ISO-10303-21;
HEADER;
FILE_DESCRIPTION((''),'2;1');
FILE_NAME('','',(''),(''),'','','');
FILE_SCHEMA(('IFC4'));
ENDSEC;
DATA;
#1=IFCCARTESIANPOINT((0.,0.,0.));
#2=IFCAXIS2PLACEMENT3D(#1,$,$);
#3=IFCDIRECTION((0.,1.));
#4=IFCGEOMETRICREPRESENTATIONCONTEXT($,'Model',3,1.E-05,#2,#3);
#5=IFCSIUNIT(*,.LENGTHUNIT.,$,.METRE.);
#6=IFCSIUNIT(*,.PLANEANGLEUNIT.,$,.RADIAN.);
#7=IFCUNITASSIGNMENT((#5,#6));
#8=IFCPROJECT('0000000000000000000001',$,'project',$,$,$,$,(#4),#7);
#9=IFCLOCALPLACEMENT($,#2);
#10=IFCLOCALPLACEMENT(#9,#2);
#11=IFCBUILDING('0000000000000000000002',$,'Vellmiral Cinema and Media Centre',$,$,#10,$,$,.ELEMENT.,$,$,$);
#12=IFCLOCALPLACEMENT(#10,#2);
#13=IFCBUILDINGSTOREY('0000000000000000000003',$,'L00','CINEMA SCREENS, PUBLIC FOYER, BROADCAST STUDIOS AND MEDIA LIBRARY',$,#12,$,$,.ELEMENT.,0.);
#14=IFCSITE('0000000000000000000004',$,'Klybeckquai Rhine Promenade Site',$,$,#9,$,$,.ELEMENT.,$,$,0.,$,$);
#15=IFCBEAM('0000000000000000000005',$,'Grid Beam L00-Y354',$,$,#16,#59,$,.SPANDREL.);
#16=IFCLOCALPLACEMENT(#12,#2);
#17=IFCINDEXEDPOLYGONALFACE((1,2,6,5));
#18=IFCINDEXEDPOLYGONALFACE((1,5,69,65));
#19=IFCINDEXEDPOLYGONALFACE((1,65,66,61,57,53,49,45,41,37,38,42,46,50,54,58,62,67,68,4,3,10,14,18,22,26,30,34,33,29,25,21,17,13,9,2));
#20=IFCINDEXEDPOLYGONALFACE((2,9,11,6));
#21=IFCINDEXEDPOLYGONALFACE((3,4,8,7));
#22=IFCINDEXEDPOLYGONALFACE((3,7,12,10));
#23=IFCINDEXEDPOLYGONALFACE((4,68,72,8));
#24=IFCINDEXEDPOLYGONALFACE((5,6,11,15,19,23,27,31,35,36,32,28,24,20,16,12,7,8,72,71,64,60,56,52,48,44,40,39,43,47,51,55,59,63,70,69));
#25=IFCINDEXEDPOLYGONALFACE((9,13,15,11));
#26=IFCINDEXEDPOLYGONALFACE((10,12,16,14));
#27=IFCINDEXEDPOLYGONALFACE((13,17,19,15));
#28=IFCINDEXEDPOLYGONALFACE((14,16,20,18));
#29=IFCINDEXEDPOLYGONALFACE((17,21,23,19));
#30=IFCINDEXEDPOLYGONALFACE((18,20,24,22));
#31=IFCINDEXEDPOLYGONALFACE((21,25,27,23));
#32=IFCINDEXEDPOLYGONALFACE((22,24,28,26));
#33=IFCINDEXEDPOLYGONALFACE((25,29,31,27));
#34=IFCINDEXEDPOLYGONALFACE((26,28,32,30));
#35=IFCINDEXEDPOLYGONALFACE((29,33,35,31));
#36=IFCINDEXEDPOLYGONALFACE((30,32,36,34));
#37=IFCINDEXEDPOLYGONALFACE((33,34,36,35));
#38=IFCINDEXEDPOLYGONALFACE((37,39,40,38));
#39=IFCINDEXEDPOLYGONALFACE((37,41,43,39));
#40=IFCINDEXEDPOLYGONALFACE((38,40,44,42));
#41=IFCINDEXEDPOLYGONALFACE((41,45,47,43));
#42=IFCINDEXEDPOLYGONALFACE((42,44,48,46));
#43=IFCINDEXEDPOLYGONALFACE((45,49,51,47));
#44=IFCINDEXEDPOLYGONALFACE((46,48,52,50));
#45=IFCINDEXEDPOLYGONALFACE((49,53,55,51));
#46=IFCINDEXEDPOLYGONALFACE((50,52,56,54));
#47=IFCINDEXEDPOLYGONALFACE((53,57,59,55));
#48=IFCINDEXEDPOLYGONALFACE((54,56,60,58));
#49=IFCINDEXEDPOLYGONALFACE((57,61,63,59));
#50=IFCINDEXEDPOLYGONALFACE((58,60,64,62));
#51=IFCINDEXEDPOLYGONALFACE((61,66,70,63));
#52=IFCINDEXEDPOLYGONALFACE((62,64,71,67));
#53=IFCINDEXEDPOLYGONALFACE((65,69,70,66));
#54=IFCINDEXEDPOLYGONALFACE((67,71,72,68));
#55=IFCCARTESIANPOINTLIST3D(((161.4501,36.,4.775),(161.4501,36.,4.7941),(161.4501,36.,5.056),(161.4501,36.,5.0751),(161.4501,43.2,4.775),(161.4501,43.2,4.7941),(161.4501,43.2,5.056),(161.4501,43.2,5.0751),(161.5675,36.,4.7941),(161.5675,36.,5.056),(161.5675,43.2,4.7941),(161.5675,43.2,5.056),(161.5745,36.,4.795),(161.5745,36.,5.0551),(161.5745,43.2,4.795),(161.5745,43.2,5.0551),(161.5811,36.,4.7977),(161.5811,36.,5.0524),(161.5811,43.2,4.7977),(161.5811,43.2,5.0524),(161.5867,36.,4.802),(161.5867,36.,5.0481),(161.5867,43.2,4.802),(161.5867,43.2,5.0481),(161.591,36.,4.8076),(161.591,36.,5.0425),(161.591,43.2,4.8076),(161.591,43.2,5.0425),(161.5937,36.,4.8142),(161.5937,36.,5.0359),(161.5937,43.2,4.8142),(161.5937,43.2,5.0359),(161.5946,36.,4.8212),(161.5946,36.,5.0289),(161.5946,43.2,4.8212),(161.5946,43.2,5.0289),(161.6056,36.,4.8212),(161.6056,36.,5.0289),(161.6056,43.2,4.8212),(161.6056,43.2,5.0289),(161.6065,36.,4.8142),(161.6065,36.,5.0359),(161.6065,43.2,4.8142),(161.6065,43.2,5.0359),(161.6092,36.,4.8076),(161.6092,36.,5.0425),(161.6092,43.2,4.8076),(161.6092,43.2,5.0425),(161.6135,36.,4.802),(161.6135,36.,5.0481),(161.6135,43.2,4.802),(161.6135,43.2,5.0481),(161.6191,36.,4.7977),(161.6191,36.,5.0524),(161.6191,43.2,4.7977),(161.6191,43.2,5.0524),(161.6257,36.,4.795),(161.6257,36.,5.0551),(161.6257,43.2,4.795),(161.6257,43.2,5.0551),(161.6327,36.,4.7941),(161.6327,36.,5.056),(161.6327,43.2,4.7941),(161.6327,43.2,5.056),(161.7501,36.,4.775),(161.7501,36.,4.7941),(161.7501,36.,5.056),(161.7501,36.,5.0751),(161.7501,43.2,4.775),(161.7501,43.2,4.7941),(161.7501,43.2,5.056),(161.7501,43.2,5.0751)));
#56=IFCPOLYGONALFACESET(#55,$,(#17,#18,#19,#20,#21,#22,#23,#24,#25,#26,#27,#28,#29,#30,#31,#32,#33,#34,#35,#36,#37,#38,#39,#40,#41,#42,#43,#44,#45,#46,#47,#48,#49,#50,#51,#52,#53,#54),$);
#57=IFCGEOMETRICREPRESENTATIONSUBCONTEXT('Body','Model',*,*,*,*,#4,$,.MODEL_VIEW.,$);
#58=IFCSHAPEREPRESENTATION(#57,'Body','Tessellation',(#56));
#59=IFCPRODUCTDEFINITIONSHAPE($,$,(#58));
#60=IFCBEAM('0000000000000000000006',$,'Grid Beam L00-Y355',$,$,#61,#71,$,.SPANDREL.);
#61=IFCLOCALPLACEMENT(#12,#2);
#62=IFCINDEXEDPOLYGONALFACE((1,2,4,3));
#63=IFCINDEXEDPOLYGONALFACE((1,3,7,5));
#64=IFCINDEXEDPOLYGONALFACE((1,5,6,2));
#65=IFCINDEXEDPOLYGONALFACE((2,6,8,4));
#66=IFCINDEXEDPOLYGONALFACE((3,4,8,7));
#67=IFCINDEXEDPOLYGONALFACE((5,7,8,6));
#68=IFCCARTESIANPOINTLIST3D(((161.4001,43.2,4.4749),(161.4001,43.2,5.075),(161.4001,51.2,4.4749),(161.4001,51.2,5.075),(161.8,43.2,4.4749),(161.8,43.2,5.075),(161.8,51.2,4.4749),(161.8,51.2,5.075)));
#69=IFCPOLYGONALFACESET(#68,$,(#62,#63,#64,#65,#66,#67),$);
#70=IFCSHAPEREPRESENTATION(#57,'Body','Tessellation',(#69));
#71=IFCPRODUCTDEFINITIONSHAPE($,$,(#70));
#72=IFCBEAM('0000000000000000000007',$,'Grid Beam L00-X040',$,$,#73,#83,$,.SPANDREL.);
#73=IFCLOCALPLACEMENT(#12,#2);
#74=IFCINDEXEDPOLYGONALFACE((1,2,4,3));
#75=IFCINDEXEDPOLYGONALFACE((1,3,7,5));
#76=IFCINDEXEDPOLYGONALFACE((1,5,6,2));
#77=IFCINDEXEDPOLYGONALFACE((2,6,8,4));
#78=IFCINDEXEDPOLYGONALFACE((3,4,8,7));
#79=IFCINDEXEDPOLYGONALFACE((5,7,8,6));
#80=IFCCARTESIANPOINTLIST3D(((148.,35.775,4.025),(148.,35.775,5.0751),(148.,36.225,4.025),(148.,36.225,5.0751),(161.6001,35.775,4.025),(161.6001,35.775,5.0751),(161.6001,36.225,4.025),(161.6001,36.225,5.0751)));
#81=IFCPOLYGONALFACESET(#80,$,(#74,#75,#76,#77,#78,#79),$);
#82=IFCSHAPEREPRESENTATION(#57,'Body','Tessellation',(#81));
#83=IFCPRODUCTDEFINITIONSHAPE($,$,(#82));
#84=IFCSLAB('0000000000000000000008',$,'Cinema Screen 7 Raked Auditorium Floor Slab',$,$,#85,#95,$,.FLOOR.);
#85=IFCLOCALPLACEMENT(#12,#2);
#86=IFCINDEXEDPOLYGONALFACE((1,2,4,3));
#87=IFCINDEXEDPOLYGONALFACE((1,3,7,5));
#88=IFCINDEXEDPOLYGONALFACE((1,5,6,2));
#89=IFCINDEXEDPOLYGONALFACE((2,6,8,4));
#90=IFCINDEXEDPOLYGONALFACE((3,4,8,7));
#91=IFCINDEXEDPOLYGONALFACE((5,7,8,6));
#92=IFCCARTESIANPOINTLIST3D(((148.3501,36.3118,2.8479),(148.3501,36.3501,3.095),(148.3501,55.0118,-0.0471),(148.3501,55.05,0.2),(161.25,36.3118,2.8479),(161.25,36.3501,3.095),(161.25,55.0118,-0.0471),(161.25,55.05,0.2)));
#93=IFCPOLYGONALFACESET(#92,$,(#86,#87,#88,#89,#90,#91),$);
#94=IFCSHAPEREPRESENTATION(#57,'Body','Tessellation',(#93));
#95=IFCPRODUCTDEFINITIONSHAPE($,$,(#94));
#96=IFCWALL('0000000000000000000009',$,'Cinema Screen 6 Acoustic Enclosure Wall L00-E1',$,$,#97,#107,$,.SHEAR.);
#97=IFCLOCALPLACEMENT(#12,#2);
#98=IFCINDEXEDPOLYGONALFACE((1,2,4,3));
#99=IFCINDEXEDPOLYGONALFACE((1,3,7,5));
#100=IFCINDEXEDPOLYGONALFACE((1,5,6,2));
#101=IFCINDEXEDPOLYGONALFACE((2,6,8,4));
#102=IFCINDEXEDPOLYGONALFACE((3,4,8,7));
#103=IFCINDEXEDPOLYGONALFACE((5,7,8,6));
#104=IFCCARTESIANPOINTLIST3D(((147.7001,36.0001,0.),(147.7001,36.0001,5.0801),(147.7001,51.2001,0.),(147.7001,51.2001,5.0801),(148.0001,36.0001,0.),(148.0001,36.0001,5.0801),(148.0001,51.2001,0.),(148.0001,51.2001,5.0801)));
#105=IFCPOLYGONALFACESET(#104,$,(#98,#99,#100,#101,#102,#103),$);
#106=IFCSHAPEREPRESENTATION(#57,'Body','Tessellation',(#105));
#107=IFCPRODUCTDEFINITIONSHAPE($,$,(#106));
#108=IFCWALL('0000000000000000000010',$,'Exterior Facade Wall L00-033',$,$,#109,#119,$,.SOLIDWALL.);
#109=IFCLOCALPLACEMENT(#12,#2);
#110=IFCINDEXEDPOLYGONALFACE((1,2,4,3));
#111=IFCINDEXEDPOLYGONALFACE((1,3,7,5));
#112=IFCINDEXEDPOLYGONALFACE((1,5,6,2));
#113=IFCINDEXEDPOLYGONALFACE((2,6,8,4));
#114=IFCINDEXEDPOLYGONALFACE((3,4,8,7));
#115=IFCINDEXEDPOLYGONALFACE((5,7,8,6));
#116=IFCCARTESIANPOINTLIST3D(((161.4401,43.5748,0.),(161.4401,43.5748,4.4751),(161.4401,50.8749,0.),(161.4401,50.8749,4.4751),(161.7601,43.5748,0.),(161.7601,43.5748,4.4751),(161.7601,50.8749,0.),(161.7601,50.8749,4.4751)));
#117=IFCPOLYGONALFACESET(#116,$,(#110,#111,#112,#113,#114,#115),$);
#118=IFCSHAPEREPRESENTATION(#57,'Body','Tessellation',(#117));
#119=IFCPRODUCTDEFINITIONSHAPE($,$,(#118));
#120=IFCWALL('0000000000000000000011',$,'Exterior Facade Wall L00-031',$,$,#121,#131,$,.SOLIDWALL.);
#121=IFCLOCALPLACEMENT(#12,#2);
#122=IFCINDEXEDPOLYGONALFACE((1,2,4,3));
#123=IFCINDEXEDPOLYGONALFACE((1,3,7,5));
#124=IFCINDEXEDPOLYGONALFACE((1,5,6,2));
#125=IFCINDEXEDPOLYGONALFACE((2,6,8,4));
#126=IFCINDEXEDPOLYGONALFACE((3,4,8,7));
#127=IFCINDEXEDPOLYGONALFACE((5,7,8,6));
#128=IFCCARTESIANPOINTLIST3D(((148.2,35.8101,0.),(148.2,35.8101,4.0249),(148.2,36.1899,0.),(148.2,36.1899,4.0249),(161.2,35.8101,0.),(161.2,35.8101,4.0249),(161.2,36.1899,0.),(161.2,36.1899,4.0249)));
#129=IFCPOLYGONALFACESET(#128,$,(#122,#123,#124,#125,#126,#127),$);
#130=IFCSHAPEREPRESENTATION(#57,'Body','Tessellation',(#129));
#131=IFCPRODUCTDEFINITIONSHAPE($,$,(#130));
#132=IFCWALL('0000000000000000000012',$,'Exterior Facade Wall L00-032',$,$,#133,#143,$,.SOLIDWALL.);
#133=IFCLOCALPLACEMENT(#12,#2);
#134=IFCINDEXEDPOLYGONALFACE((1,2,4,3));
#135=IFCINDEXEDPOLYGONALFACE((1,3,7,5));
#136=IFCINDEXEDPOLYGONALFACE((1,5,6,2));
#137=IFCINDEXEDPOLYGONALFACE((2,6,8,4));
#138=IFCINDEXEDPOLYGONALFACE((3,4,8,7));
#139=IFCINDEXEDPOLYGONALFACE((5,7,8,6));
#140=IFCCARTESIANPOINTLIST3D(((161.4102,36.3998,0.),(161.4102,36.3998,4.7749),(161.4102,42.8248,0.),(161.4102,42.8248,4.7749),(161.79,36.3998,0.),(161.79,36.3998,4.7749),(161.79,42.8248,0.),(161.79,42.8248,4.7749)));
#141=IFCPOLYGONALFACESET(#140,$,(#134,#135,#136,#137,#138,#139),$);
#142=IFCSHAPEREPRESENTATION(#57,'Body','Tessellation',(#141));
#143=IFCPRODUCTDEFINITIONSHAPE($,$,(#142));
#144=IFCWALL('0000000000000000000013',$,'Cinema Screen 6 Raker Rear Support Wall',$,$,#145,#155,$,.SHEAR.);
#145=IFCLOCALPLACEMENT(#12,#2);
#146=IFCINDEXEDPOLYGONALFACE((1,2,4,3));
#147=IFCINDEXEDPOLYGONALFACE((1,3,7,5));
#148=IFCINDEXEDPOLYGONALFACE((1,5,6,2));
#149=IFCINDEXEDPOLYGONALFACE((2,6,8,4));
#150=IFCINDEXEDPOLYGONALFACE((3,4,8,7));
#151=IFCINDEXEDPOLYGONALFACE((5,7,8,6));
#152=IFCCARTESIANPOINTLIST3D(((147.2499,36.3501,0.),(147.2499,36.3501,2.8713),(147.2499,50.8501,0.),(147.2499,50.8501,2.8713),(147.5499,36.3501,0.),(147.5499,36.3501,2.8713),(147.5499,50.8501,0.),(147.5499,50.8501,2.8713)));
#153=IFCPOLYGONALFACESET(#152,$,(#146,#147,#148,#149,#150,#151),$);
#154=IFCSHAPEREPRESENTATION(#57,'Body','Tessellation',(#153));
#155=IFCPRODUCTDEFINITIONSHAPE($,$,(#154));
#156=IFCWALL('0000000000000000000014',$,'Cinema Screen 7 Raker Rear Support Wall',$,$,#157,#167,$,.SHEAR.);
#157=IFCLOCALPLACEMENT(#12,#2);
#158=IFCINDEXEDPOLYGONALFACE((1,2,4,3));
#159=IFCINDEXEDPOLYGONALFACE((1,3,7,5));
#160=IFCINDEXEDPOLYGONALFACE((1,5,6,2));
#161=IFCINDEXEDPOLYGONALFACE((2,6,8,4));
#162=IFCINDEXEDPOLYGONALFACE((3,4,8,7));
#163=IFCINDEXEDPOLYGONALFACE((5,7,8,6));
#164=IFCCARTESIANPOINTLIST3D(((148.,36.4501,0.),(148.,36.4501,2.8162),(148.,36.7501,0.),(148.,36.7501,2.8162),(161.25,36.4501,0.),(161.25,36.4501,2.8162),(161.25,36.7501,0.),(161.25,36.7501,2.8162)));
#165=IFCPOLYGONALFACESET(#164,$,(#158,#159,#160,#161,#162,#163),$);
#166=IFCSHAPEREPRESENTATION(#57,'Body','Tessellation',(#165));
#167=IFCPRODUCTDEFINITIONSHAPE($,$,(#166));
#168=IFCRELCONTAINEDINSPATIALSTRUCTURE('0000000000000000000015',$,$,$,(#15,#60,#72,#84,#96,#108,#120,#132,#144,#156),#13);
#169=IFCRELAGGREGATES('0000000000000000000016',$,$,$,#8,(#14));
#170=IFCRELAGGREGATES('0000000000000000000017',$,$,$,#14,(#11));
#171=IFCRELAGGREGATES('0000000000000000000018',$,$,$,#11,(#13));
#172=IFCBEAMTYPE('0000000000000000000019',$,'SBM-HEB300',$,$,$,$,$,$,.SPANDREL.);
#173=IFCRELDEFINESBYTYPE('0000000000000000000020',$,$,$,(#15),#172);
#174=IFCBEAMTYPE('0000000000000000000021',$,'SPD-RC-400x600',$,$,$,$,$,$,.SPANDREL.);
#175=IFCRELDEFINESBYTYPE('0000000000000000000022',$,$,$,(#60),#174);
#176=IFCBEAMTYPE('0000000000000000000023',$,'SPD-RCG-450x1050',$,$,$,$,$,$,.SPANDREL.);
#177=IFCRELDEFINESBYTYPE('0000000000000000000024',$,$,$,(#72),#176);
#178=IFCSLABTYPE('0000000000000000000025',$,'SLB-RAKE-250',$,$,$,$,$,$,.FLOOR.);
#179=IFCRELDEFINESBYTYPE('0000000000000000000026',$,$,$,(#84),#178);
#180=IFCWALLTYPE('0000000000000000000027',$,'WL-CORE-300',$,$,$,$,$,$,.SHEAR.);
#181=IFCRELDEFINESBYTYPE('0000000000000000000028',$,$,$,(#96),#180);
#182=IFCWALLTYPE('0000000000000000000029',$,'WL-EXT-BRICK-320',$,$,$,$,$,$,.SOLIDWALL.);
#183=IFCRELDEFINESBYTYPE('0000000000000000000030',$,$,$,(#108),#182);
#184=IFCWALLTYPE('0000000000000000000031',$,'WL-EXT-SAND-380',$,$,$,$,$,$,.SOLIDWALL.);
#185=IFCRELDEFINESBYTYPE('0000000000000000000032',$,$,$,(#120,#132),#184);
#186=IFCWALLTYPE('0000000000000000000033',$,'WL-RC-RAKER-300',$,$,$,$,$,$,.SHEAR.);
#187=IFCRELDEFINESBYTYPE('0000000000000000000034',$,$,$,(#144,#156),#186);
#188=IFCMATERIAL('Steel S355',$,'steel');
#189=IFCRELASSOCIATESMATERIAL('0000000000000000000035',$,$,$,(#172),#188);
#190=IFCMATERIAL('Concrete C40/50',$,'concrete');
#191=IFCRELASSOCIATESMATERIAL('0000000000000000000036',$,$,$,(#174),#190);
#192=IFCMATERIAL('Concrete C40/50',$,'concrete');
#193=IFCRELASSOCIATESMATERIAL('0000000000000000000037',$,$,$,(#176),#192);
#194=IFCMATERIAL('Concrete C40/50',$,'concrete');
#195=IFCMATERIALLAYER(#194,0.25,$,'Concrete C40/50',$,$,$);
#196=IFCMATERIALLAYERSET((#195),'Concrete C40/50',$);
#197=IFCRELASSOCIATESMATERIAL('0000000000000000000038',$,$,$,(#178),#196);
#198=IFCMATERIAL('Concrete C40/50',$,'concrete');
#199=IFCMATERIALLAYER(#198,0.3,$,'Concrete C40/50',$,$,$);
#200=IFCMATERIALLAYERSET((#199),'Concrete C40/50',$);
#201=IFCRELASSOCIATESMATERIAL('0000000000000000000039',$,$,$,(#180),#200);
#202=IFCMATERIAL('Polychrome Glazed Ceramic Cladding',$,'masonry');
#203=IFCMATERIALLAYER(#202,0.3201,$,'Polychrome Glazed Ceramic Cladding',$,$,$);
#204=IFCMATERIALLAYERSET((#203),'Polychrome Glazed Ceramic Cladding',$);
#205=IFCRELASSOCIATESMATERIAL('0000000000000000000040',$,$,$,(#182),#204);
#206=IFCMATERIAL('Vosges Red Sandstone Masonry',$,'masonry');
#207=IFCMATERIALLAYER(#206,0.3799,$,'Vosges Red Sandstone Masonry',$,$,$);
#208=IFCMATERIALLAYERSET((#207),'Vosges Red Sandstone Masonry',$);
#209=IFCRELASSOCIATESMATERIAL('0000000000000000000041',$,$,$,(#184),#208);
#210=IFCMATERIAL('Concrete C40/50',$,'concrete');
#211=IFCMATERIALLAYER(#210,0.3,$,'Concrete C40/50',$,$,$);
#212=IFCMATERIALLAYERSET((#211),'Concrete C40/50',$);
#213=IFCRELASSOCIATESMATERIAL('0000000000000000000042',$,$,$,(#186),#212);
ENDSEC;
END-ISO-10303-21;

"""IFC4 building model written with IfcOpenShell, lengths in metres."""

from ifc_helpers import new_model, si_unit, direction, frame, frame_2d, origin, origin_2d, place, context, subcontext, project, spatial, polyline, rectangle, i_section, outline, extrude, material, layer, layer_set, material_profile, profile_set, type_object, element, save


model = new_model("IFC4")

# Units and contexts
model_context = context("Model", 3, precision=1e-05, world=origin(), true_north=direction((0.0, 1.0)))
body_context = subcontext(model_context, "Body", "Model", "MODEL_VIEW")
ifc_project = project(units=[si_unit("LENGTHUNIT", "METRE"), si_unit("PLANEANGLEUNIT", "RADIAN")], contexts=[model_context])

# Site, building, storey
site_placement = place(None, origin())
site = spatial("IfcSite", under=ifc_project, at=site_placement, Name="Klybeckquai Rhine Promenade Site", CompositionType="ELEMENT", RefElevation=0.0)
building_placement = place(site_placement, origin())
building = spatial("IfcBuilding", under=site, at=building_placement, Name="Vellmiral Cinema and Media Centre", CompositionType="ELEMENT")
storey_placement = place(building_placement, origin())
storey = spatial("IfcBuildingStorey", under=building, at=storey_placement, Name="L00", Description="CINEMA SCREENS, PUBLIC FOYER, BROADCAST STUDIOS AND MEDIA LIBRARY", CompositionType="ELEMENT", Elevation=0.0)

# Beams
ifc_material_1 = material(Name="Steel S355", Category="steel")
ifc_material_profile_1 = material_profile(ifc_material_1, i_section(OverallWidth=0.3, OverallDepth=0.3, WebThickness=0.011, FlangeThickness=0.019, FilletRadius=0.0271, at=origin_2d()), Name="HEB 300")
ifc_profile_set_1 = profile_set([ifc_material_profile_1], Name="Steel S355")
beam_type_1 = type_object("IfcBeamType", Name="SBM-HEB300", PredefinedType="SPANDREL", material=ifc_profile_set_1)
beam_1_placement = place(storey_placement, frame((161.6001, 36.0, 4.925), z_axis=(0.0, 1.0, 0.0), x_axis=(-1.0, 0.0, 0.0)))
element("IfcBeam", 1, at=beam_1_placement, inside=storey, type_object=beam_type_1, Name="Grid Beam L00-Y354", PredefinedType="SPANDREL", context=body_context, shape_type="SweptSolid", body=[
    extrude(i_section(OverallWidth=0.3, OverallDepth=0.3, WebThickness=0.011, FlangeThickness=0.019, FilletRadius=0.0271, at=origin_2d()), origin(), (0.0, 0.0, 1.0), 7.2),
])
ifc_material_2 = material(Name="Concrete C40/50", Category="concrete")
ifc_material_profile_2 = material_profile(ifc_material_2, rectangle(XDim=0.3999, YDim=0.6001, at=origin_2d()), Name="RC 400x600")
ifc_profile_set_2 = profile_set([ifc_material_profile_2], Name="Concrete C40/50")
beam_type_2 = type_object("IfcBeamType", Name="SPD-RC-400x600", PredefinedType="SPANDREL", material=ifc_profile_set_2)
beam_2_placement = place(storey_placement, frame((161.6001, 43.2, 4.7749), z_axis=(0.0, 1.0, 0.0), x_axis=(-1.0, 0.0, 0.0)))
element("IfcBeam", 2, at=beam_2_placement, inside=storey, type_object=beam_type_2, Name="Grid Beam L00-Y355", PredefinedType="SPANDREL", context=body_context, shape_type="SweptSolid", body=[
    extrude(rectangle(XDim=0.3999, YDim=0.6001, at=origin_2d()), origin(), (0.0, 0.0, 1.0), 8.0),
])
ifc_material_3 = material(Name="Concrete C40/50", Category="concrete")
ifc_material_profile_3 = material_profile(ifc_material_3, rectangle(XDim=0.45, YDim=1.05, at=origin_2d()), Name="RC 450x1050")
ifc_profile_set_3 = profile_set([ifc_material_profile_3], Name="Concrete C40/50")
beam_type_3 = type_object("IfcBeamType", Name="SPD-RCG-450x1050", PredefinedType="SPANDREL", material=ifc_profile_set_3)
beam_3_placement = place(storey_placement, frame((148.0, 36.0, 4.55), z_axis=(1.0, 0.0, 0.0), x_axis=(0.0, 1.0, 0.0)))
element("IfcBeam", 3, at=beam_3_placement, inside=storey, type_object=beam_type_3, Name="Grid Beam L00-X040", PredefinedType="SPANDREL", context=body_context, shape_type="SweptSolid", body=[
    extrude(rectangle(XDim=0.45, YDim=1.05, at=origin_2d()), origin(), (0.0, 0.0, 1.0), 13.6001),
])

# Slab
ifc_material_4 = material(Name="Concrete C40/50", Category="concrete")
ifc_layer_1 = layer(ifc_material_4, 0.25, Name="Concrete C40/50")
ifc_layer_set_1 = layer_set([ifc_layer_1], Name="Concrete C40/50")
slab_type = type_object("IfcSlabType", Name="SLB-RAKE-250", PredefinedType="FLOOR", material=ifc_layer_set_1)
slab_placement = place(storey_placement, frame((148.3501, 36.3501, 3.095), z_axis=(0.0, 0.152992, 0.988227), x_axis=(1.0, 0.0, 0.0)))
element("IfcSlab", 4, at=slab_placement, inside=storey, type_object=slab_type, Name="Cinema Screen 7 Raked Auditorium Floor Slab", PredefinedType="FLOOR", context=body_context, shape_type="SweptSolid", body=[
    extrude(outline(polyline([(0.0, 0.0), (12.8999, 0.0), (12.8999, 18.9227), (0.0, 18.9227), (0.0, 0.0)])), origin(), (0.0, 0.0, -1.0), 0.25),
])

# Walls
ifc_material_5 = material(Name="Concrete C40/50", Category="concrete")
ifc_layer_2 = layer(ifc_material_5, 0.3, Name="Concrete C40/50")
ifc_layer_set_2 = layer_set([ifc_layer_2], Name="Concrete C40/50")
wall_type_1 = type_object("IfcWallType", Name="WL-CORE-300", PredefinedType="SHEAR", material=ifc_layer_set_2)
wall_1_placement = place(storey_placement, frame((147.8501, 36.0, 0.0), z_axis=(0.0, 0.0, 1.0), x_axis=(0.0, 1.0, 0.0)))
element("IfcWall", 5, at=wall_1_placement, inside=storey, type_object=wall_type_1, Name="Cinema Screen 6 Acoustic Enclosure Wall L00-E1", PredefinedType="SHEAR", context=body_context, shape_type="SweptSolid", body=[
    extrude(rectangle(XDim=15.2, YDim=0.3, at=frame_2d((7.6001, 0.0))), origin(), (0.0, 0.0, 1.0), 5.0801),
])
ifc_material_6 = material(Name="Polychrome Glazed Ceramic Cladding", Category="masonry")
ifc_layer_3 = layer(ifc_material_6, 0.3201, Name="Polychrome Glazed Ceramic Cladding")
ifc_layer_set_3 = layer_set([ifc_layer_3], Name="Polychrome Glazed Ceramic Cladding")
wall_type_2 = type_object("IfcWallType", Name="WL-EXT-BRICK-320", PredefinedType="SOLIDWALL", material=ifc_layer_set_3)
wall_2_placement = place(storey_placement, frame((161.6001, 43.575, 0.0), z_axis=(0.0, 0.0, 1.0), x_axis=(0.0, 1.0, 0.0)))
element("IfcWall", 6, at=wall_2_placement, inside=storey, type_object=wall_type_2, Name="Exterior Facade Wall L00-033", PredefinedType="SOLIDWALL", context=body_context, shape_type="SweptSolid", body=[
    extrude(rectangle(XDim=7.3, YDim=0.3201, at=frame_2d((3.6499, 0.0))), origin(), (0.0, 0.0, 1.0), 4.4751),
])
ifc_material_7 = material(Name="Vosges Red Sandstone Masonry", Category="masonry")
ifc_layer_4 = layer(ifc_material_7, 0.3799, Name="Vosges Red Sandstone Masonry")
ifc_layer_set_4 = layer_set([ifc_layer_4], Name="Vosges Red Sandstone Masonry")
wall_type_3 = type_object("IfcWallType", Name="WL-EXT-SAND-380", PredefinedType="SOLIDWALL", material=ifc_layer_set_4)
wall_3_placement = place(storey_placement, frame((148.2, 36.0, 0.0), z_axis=(0.0, 0.0, 1.0), x_axis=(1.0, 0.0, 0.0)))
element("IfcWall", 7, at=wall_3_placement, inside=storey, type_object=wall_type_3, Name="Exterior Facade Wall L00-031", PredefinedType="SOLIDWALL", context=body_context, shape_type="SweptSolid", body=[
    extrude(rectangle(XDim=13.0, YDim=0.3799, at=frame_2d((6.5, 0.0))), origin(), (0.0, 0.0, 1.0), 4.0249),
])
wall_4_placement = place(storey_placement, frame((161.6001, 36.3999, 0.0), z_axis=(0.0, 0.0, 1.0), x_axis=(0.0, 1.0, 0.0)))
element("IfcWall", 8, at=wall_4_placement, inside=storey, type_object=wall_type_3, Name="Exterior Facade Wall L00-032", PredefinedType="SOLIDWALL", context=body_context, shape_type="SweptSolid", body=[
    extrude(rectangle(XDim=6.425, YDim=0.3799, at=frame_2d((3.2124, 0.0))), origin(), (0.0, 0.0, 1.0), 4.7749),
])
ifc_material_8 = material(Name="Concrete C40/50", Category="concrete")
ifc_layer_5 = layer(ifc_material_8, 0.3, Name="Concrete C40/50")
ifc_layer_set_5 = layer_set([ifc_layer_5], Name="Concrete C40/50")
wall_type_4 = type_object("IfcWallType", Name="WL-RC-RAKER-300", PredefinedType="SHEAR", material=ifc_layer_set_5)
wall_5_placement = place(storey_placement, frame((147.3999, 36.3501, 0.0), z_axis=(0.0, 0.0, 1.0), x_axis=(0.0, 1.0, 0.0)))
element("IfcWall", 9, at=wall_5_placement, inside=storey, type_object=wall_type_4, Name="Cinema Screen 6 Raker Rear Support Wall", PredefinedType="SHEAR", context=body_context, shape_type="SweptSolid", body=[
    extrude(rectangle(XDim=14.5, YDim=0.3, at=frame_2d((7.25, 0.0))), origin(), (0.0, 0.0, 1.0), 2.8713),
])
wall_6_placement = place(storey_placement, frame((148.0, 36.6001, 0.0), z_axis=(0.0, 0.0, 1.0), x_axis=(1.0, 0.0, 0.0)))
element("IfcWall", 10, at=wall_6_placement, inside=storey, type_object=wall_type_4, Name="Cinema Screen 7 Raker Rear Support Wall", PredefinedType="SHEAR", context=body_context, shape_type="SweptSolid", body=[
    extrude(rectangle(XDim=13.25, YDim=0.3, at=frame_2d((6.625, 0.0))), origin(), (0.0, 0.0, 1.0), 2.8162),
])

save(model, "model.ifc")
